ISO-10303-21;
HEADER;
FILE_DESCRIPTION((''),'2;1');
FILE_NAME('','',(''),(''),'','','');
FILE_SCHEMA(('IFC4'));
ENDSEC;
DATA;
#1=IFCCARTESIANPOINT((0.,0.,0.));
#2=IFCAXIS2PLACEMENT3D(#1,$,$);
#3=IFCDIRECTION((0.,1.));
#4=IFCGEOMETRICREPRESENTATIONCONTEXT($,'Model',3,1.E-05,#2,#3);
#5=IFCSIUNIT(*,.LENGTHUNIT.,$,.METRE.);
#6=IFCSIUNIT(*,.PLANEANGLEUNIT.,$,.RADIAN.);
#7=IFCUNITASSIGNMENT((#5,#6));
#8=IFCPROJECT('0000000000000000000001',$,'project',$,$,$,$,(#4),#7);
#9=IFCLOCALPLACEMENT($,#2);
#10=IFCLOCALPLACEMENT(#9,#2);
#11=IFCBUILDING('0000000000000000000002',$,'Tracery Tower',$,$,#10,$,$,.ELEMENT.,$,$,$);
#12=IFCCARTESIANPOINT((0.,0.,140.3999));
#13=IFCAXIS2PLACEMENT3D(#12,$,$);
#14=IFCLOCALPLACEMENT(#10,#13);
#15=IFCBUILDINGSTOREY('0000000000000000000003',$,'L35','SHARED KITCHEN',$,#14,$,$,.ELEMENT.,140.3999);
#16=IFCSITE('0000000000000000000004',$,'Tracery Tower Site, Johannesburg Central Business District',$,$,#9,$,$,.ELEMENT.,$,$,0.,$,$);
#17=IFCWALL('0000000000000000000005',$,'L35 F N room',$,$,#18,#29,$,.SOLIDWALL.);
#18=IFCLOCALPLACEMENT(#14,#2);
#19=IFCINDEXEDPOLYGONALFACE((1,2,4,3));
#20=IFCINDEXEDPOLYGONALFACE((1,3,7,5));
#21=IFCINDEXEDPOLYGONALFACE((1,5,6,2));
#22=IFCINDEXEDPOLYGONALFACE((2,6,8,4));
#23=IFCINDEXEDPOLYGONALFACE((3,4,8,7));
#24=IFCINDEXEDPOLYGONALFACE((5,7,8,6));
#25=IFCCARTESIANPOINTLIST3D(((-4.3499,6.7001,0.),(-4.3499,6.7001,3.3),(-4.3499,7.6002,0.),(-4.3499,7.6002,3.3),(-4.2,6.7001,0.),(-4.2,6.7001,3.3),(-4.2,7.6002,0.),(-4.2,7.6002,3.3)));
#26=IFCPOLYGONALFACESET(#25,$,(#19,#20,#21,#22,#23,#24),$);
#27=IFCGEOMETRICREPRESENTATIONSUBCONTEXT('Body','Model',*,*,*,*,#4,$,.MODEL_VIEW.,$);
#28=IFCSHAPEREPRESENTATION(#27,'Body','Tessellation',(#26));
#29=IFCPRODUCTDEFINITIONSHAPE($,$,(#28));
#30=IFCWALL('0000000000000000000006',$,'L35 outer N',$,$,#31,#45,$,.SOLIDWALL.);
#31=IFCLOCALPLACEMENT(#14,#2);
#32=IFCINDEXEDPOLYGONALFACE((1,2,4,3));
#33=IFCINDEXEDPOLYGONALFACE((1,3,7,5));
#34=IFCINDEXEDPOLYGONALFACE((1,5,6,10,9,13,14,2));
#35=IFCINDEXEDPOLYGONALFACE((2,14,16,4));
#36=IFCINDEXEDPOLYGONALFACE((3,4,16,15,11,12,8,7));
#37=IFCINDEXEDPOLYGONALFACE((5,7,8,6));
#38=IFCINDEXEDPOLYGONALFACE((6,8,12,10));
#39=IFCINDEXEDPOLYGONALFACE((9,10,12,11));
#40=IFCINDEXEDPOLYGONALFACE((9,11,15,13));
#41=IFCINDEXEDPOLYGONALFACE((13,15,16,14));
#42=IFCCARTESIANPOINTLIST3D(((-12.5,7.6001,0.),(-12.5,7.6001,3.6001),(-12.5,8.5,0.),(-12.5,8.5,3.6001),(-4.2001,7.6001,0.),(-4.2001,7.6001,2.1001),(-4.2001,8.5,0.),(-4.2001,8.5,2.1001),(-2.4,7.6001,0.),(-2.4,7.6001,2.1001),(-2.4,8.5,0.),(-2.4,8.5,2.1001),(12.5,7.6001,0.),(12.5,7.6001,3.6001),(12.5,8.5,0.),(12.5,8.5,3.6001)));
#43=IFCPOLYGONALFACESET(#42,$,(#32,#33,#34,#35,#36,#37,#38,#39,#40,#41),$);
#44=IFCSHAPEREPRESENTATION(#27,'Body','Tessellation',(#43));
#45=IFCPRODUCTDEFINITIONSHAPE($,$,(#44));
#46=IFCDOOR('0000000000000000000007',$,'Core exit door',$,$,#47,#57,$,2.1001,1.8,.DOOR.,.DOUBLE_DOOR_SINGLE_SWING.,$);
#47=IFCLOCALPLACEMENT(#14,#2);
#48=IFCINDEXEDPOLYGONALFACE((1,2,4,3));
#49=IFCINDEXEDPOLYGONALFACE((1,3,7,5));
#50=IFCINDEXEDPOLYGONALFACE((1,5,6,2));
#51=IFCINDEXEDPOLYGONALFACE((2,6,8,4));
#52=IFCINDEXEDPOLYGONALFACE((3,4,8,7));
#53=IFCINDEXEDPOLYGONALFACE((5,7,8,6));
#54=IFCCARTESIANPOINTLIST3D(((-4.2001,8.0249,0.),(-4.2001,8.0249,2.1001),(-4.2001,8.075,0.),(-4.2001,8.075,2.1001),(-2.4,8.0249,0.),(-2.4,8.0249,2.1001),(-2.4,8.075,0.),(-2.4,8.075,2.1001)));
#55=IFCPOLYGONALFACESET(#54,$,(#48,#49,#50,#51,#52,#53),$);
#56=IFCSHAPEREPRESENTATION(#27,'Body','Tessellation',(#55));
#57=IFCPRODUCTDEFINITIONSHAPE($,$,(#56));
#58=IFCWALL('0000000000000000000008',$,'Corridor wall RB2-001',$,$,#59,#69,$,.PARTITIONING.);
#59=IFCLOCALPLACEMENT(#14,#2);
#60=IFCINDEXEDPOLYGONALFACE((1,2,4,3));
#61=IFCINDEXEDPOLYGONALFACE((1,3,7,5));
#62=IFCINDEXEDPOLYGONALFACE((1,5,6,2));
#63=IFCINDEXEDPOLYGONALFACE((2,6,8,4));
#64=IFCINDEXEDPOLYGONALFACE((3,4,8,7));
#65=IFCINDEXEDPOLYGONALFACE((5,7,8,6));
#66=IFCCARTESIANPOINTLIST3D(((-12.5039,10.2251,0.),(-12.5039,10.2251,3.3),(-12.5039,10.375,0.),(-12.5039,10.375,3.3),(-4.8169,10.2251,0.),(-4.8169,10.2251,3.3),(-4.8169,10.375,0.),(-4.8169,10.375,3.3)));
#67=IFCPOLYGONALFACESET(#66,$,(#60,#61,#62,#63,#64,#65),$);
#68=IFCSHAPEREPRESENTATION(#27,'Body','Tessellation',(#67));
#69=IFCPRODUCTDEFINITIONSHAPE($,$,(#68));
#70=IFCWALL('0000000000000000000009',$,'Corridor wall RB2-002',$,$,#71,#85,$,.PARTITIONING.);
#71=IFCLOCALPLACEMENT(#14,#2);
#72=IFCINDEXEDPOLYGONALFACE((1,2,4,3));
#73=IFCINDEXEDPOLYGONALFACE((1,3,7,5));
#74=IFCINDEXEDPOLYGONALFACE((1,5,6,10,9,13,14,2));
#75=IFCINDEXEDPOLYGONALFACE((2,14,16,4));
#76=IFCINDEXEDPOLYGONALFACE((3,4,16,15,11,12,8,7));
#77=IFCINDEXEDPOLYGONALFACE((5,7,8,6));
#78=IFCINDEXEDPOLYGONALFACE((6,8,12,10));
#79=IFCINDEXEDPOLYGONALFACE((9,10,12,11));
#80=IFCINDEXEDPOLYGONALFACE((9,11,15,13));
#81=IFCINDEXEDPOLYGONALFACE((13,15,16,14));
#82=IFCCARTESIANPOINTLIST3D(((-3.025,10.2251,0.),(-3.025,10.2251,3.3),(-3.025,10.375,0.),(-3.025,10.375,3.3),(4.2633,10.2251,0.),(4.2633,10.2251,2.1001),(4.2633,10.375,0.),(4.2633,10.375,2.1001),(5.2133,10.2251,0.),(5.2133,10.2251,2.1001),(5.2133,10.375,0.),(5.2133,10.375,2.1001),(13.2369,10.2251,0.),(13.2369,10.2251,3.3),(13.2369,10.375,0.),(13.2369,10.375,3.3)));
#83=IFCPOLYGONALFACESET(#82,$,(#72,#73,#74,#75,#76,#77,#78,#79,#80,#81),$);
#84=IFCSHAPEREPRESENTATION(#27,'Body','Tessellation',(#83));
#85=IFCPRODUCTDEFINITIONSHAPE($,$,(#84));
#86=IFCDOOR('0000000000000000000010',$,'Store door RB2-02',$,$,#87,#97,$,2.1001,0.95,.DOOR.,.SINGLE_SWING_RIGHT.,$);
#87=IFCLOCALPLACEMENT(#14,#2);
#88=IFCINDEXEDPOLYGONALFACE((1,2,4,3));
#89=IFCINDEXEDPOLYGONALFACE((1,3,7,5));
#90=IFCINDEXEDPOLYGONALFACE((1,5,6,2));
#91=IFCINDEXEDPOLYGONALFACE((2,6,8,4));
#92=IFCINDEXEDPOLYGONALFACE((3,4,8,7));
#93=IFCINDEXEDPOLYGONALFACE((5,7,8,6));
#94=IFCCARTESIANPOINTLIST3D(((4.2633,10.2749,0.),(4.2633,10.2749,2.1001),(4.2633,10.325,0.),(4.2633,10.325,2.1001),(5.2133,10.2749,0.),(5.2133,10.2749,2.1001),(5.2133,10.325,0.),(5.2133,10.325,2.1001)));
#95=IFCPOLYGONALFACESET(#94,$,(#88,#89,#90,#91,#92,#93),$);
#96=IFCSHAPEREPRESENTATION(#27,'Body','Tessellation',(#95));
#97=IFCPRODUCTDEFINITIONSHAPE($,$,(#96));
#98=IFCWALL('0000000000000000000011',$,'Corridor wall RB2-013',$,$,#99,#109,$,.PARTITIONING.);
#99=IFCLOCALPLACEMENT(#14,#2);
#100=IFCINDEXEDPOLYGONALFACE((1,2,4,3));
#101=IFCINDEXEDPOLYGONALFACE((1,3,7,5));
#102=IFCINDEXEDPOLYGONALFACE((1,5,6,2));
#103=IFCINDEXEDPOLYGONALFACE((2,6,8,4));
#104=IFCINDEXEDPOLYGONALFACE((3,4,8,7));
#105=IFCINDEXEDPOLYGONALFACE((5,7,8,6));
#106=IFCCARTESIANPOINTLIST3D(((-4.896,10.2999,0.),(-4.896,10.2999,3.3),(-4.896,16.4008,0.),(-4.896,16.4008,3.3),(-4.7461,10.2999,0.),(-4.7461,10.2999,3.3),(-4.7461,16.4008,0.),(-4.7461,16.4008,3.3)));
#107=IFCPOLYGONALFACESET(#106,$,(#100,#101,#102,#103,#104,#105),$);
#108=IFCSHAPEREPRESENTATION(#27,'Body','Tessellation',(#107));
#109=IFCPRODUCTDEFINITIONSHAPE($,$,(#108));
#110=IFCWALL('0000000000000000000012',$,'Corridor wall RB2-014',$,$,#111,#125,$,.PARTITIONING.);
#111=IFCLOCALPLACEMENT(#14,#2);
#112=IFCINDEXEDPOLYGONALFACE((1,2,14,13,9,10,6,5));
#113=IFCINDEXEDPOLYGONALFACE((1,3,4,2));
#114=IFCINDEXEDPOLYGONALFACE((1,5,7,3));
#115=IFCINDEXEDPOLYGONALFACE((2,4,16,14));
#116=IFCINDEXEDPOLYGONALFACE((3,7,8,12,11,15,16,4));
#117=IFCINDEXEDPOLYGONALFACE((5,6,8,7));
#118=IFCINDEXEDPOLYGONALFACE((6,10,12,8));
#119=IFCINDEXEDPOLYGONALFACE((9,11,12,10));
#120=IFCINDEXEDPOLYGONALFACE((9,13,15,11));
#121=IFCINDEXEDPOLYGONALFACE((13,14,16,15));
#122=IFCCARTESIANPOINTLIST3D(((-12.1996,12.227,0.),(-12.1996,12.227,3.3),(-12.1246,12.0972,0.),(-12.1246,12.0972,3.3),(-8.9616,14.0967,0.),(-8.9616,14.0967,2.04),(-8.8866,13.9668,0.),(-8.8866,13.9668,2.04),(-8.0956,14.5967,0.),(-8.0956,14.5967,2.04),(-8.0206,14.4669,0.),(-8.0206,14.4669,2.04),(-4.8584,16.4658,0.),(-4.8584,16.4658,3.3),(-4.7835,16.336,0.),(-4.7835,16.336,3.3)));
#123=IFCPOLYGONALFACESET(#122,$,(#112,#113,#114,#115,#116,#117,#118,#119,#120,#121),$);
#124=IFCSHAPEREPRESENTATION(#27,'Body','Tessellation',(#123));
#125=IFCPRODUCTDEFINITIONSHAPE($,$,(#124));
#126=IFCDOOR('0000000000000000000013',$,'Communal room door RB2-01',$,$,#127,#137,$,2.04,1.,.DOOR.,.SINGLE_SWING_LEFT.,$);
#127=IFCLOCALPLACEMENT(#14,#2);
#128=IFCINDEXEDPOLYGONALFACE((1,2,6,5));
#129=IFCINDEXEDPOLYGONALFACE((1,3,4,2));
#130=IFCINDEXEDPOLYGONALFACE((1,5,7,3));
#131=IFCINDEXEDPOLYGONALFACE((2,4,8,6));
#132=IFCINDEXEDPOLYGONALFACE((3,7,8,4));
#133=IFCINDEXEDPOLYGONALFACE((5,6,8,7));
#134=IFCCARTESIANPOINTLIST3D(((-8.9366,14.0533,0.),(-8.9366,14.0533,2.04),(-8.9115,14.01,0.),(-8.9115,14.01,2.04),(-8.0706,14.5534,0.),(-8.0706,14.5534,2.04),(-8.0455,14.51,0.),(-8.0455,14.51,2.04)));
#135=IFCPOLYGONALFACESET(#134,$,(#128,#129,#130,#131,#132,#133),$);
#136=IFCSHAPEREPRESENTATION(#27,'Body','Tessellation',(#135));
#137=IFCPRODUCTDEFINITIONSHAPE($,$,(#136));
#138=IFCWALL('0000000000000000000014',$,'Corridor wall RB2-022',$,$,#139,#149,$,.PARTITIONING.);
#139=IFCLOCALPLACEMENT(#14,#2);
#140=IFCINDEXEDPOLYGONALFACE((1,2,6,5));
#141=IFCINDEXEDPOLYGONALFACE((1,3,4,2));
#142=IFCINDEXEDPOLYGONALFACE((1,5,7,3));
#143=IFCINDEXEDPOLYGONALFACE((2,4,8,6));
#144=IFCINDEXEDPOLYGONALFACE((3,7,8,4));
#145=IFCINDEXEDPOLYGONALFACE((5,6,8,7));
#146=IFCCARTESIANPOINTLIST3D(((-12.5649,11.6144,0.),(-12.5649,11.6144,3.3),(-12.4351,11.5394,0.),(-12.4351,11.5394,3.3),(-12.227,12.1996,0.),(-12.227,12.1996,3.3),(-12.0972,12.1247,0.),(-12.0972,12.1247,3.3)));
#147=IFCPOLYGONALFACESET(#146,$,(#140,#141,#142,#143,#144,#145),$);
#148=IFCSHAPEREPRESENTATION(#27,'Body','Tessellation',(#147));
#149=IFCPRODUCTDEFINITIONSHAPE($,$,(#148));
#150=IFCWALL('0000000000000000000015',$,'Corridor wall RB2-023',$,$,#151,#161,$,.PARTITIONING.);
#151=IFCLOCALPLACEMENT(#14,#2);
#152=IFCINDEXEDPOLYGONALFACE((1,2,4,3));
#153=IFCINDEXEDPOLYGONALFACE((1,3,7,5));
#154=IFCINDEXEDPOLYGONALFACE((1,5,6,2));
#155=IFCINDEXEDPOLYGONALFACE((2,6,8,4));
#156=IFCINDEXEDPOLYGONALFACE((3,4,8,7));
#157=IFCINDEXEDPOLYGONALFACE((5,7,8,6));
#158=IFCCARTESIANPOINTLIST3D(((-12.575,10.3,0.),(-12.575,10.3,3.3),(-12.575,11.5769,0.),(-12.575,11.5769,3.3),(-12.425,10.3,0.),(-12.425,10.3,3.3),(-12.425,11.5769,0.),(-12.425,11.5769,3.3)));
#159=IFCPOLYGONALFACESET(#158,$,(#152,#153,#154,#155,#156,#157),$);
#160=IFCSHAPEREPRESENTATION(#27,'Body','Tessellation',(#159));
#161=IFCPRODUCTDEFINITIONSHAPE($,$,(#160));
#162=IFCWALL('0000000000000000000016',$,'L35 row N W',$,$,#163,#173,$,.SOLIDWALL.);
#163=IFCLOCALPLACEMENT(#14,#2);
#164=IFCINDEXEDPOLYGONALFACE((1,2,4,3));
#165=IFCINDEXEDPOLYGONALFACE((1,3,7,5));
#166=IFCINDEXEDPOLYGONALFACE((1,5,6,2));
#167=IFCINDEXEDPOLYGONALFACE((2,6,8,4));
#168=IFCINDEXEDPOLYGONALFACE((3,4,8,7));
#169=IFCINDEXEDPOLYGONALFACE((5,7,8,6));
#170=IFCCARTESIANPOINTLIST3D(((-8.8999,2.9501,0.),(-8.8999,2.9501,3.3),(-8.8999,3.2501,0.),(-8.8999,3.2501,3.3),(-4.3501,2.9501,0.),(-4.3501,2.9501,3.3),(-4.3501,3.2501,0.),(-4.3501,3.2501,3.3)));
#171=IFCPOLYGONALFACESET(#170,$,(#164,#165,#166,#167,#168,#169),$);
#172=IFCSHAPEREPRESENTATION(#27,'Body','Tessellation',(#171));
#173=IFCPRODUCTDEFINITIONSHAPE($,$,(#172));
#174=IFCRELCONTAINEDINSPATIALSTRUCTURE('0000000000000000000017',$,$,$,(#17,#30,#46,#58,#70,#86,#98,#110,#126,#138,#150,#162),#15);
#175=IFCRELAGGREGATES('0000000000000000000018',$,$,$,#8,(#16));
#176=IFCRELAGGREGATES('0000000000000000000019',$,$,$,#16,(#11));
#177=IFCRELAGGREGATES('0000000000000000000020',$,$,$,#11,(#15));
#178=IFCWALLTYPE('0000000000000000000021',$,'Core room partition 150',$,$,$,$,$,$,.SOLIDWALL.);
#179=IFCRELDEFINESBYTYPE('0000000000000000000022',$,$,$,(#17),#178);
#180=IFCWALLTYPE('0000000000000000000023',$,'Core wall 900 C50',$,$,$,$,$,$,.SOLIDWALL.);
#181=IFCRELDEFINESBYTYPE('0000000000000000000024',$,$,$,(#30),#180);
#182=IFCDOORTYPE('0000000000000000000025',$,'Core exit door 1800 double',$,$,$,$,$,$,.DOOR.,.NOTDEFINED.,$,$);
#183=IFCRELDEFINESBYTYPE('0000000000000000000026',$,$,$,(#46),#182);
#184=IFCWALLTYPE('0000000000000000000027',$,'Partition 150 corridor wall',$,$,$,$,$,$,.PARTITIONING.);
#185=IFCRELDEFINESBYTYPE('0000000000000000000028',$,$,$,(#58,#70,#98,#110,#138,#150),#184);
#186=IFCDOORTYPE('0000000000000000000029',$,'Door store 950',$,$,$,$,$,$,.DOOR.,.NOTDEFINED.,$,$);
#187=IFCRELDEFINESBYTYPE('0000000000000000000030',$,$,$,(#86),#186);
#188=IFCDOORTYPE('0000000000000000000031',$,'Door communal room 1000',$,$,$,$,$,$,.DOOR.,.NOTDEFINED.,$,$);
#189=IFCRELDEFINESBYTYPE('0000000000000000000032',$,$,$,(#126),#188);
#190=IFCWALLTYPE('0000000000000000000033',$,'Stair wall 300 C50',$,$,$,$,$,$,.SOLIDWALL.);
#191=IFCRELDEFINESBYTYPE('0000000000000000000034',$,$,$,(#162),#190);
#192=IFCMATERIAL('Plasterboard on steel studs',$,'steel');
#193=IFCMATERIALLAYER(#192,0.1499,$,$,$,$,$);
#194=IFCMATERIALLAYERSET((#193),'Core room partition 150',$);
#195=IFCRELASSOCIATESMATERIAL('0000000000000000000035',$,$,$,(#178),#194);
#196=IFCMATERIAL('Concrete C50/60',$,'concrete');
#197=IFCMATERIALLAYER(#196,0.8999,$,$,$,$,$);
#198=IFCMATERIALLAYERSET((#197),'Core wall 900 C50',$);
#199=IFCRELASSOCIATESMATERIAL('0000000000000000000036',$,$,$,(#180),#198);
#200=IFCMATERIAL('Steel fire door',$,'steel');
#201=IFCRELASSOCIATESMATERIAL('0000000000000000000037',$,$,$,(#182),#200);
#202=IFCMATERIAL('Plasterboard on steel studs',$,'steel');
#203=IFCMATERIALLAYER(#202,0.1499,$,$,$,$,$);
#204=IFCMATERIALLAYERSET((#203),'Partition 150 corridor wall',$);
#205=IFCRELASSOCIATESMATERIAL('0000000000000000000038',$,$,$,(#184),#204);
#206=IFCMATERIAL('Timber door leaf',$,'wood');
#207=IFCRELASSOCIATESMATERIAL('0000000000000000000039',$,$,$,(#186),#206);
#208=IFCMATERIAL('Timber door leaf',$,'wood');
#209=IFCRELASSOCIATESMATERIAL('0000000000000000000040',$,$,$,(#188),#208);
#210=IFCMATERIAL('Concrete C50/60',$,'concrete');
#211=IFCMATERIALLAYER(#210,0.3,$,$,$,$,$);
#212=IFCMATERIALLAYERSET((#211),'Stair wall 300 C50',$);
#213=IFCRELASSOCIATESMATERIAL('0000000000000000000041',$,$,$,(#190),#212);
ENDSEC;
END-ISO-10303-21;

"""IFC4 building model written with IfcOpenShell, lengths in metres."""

from ifc_helpers import new_model, si_unit, direction, frame, frame_2d, origin, place, context, subcontext, project, spatial, rectangle, extrude, material, layer, layer_set, type_object, element, fill, save


model = new_model("IFC4")

# Units and contexts
model_context = context("Model", 3, precision=1e-05, world=origin(), true_north=direction((0.0, 1.0)))
body_context = subcontext(model_context, "Body", "Model", "MODEL_VIEW")
ifc_project = project(units=[si_unit("LENGTHUNIT", "METRE"), si_unit("PLANEANGLEUNIT", "RADIAN")], contexts=[model_context])

# Site, building, storey
site_placement = place(None, origin())
site = spatial("IfcSite", under=ifc_project, at=site_placement, Name="Tracery Tower Site, Johannesburg Central Business District", CompositionType="ELEMENT", RefElevation=0.0)
building_placement = place(site_placement, origin())
building = spatial("IfcBuilding", under=site, at=building_placement, Name="Tracery Tower", CompositionType="ELEMENT")
storey_placement = place(building_placement, frame((0.0, 0.0, 140.3999)))
storey = spatial("IfcBuildingStorey", under=building, at=storey_placement, Name="L35", Description="SHARED KITCHEN", CompositionType="ELEMENT", Elevation=140.3999)

# Wall
ifc_material_1 = material(Name="Plasterboard on steel studs", Category="steel")
ifc_layer_1 = layer(ifc_material_1, 0.1499)
ifc_layer_set_1 = layer_set([ifc_layer_1], Name="Core room partition 150")
wall_type_1 = type_object("IfcWallType", Name="Core room partition 150", PredefinedType="SOLIDWALL", material=ifc_layer_set_1)
wall_1_placement = place(storey_placement, frame((-4.2749, 6.7, 0.0), z_axis=(0.0, 0.0, 1.0), x_axis=(0.0, 1.0, 0.0)))
element("IfcWall", 1, at=wall_1_placement, inside=storey, type_object=wall_type_1, Name="L35 F N room", PredefinedType="SOLIDWALL", context=body_context, shape_type="SweptSolid", body=[
    extrude(rectangle(XDim=0.9001, YDim=0.1499, at=frame_2d((0.4502, 0.0))), origin(), (0.0, 0.0, 1.0), 3.3),
])

# Wall, opening, door
ifc_material_2 = material(Name="Concrete C50/60", Category="concrete")
ifc_layer_2 = layer(ifc_material_2, 0.8999)
ifc_layer_set_2 = layer_set([ifc_layer_2], Name="Core wall 900 C50")
wall_type_2 = type_object("IfcWallType", Name="Core wall 900 C50", PredefinedType="SOLIDWALL", material=ifc_layer_set_2)
wall_2_placement = place(storey_placement, frame((-12.5, 8.05, 0.0), z_axis=(0.0, 0.0, 1.0), x_axis=(1.0, 0.0, 0.0)))
wall_2 = element("IfcWall", 2, at=wall_2_placement, inside=storey, type_object=wall_type_2, Name="L35 outer N", PredefinedType="SOLIDWALL", context=body_context, shape_type="SweptSolid", body=[
    extrude(rectangle(XDim=25.0, YDim=0.8999, at=frame_2d((12.5, 0.0))), origin(), (0.0, 0.0, 1.0), 3.6001),
])
opening_1_placement = place(wall_2_placement, frame((8.3, 0.0, 0.0)))
opening_1 = element("IfcOpeningElement", 3, at=opening_1_placement, cuts=wall_2, PredefinedType="OPENING", context=body_context, shape_type="SweptSolid", body=[
    extrude(rectangle(XDim=1.8, YDim=2.1001, at=frame_2d((0.8999, 1.05))), frame((0.0, 0.45, 0.0), z_axis=(0.0, -1.0, 0.0), x_axis=(1.0, 0.0, 0.0)), (0.0, 0.0, 1.0), 0.8999),
])
ifc_material_3 = material(Name="Steel fire door", Category="steel")
door_type_1 = type_object("IfcDoorType", Name="Core exit door 1800 double", OperationType="NOTDEFINED", PredefinedType="DOOR", material=ifc_material_3)
door_1_placement = place(opening_1_placement, origin())
door_1 = element("IfcDoor", 4, at=door_1_placement, inside=storey, type_object=door_type_1, Name="Core exit door", OperationType="DOUBLE_DOOR_SINGLE_SWING", OverallHeight=2.1001, OverallWidth=1.8, PredefinedType="DOOR", context=body_context, shape_type="SweptSolid", body=[
    extrude(rectangle(XDim=1.8, YDim=2.1001, at=frame_2d((0.8999, 1.05))), frame((0.0, 0.0249, 0.0), z_axis=(0.0, -1.0, 0.0), x_axis=(1.0, 0.0, 0.0)), (0.0, 0.0, 1.0), 0.05),
])
fill(opening_1, door_1)

# Wall
ifc_material_4 = material(Name="Plasterboard on steel studs", Category="steel")
ifc_layer_3 = layer(ifc_material_4, 0.1499)
ifc_layer_set_3 = layer_set([ifc_layer_3], Name="Partition 150 corridor wall")
wall_type_3 = type_object("IfcWallType", Name="Partition 150 corridor wall", PredefinedType="PARTITIONING", material=ifc_layer_set_3)
wall_3_placement = place(storey_placement, frame((-12.5039, 10.3, 0.0), z_axis=(0.0, 0.0, 1.0), x_axis=(1.0, 0.0, 0.0)))
element("IfcWall", 5, at=wall_3_placement, inside=storey, type_object=wall_type_3, Name="Corridor wall RB2-001", PredefinedType="PARTITIONING", context=body_context, shape_type="SweptSolid", body=[
    extrude(rectangle(XDim=7.687, YDim=0.1499, at=frame_2d((3.8435, 0.0))), origin(), (0.0, 0.0, 1.0), 3.3),
])

# Wall, opening, door
wall_4_placement = place(storey_placement, frame((-3.0249, 10.3, 0.0), z_axis=(0.0, 0.0, 1.0), x_axis=(1.0, 0.0, 0.0)))
wall_4 = element("IfcWall", 6, at=wall_4_placement, inside=storey, type_object=wall_type_3, Name="Corridor wall RB2-002", PredefinedType="PARTITIONING", context=body_context, shape_type="SweptSolid", body=[
    extrude(rectangle(XDim=16.262, YDim=0.1499, at=frame_2d((8.1309, 0.0))), origin(), (0.0, 0.0, 1.0), 3.3),
])
opening_2_placement = place(wall_4_placement, frame((7.2881, 0.0, 0.0)))
opening_2 = element("IfcOpeningElement", 7, at=opening_2_placement, cuts=wall_4, PredefinedType="OPENING", context=body_context, shape_type="SweptSolid", body=[
    extrude(rectangle(XDim=0.95, YDim=2.1001, at=frame_2d((0.4751, 1.05))), frame((0.0, 0.075, 0.0), z_axis=(0.0, -1.0, 0.0), x_axis=(1.0, 0.0, 0.0)), (0.0, 0.0, 1.0), 0.1499),
])
ifc_material_5 = material(Name="Timber door leaf", Category="wood")
door_type_2 = type_object("IfcDoorType", Name="Door store 950", OperationType="NOTDEFINED", PredefinedType="DOOR", material=ifc_material_5)
door_2_placement = place(opening_2_placement, origin())
door_2 = element("IfcDoor", 8, at=door_2_placement, inside=storey, type_object=door_type_2, Name="Store door RB2-02", OperationType="SINGLE_SWING_RIGHT", OverallHeight=2.1001, OverallWidth=0.95, PredefinedType="DOOR", context=body_context, shape_type="SweptSolid", body=[
    extrude(rectangle(XDim=0.95, YDim=2.1001, at=frame_2d((0.4751, 1.05))), frame((0.0, 0.0249, 0.0), z_axis=(0.0, -1.0, 0.0), x_axis=(1.0, 0.0, 0.0)), (0.0, 0.0, 1.0), 0.05),
])
fill(opening_2, door_2)

# Wall
wall_5_placement = place(storey_placement, frame((-4.821, 10.3, 0.0), z_axis=(0.0, 0.0, 1.0), x_axis=(0.0, 1.0, 0.0)))
element("IfcWall", 9, at=wall_5_placement, inside=storey, type_object=wall_type_3, Name="Corridor wall RB2-013", PredefinedType="PARTITIONING", context=body_context, shape_type="SweptSolid", body=[
    extrude(rectangle(XDim=6.1008, YDim=0.1499, at=frame_2d((3.0503, 0.0))), origin(), (0.0, 0.0, 1.0), 3.3),
])

# Wall, opening, door
wall_6_placement = place(storey_placement, frame((-12.1621, 12.1621, 0.0), z_axis=(0.0, 0.0, 1.0), x_axis=(0.866005, 0.500036, 0.0)))
wall_6 = element("IfcWall", 10, at=wall_6_placement, inside=storey, type_object=wall_type_3, Name="Corridor wall RB2-014", PredefinedType="PARTITIONING", context=body_context, shape_type="SweptSolid", body=[
    extrude(rectangle(XDim=8.4771, YDim=0.1499, at=frame_2d((4.2385, 0.0))), origin(), (0.0, 0.0, 1.0), 3.3),
])
opening_3_placement = place(wall_6_placement, frame((3.739, 0.0, 0.0)))
opening_3 = element("IfcOpeningElement", 11, at=opening_3_placement, cuts=wall_6, PredefinedType="OPENING", context=body_context, shape_type="SweptSolid", body=[
    extrude(rectangle(XDim=1.0, YDim=2.04, at=frame_2d((0.5, 1.02))), frame((0.0, 0.075, 0.0), z_axis=(0.0, -1.0, 0.0), x_axis=(1.0, 0.0, 0.0)), (0.0, 0.0, 1.0), 0.1499),
])
ifc_material_6 = material(Name="Timber door leaf", Category="wood")
door_type_3 = type_object("IfcDoorType", Name="Door communal room 1000", OperationType="NOTDEFINED", PredefinedType="DOOR", material=ifc_material_6)
door_3_placement = place(opening_3_placement, origin())
door_3 = element("IfcDoor", 12, at=door_3_placement, inside=storey, type_object=door_type_3, Name="Communal room door RB2-01", OperationType="SINGLE_SWING_LEFT", OverallHeight=2.04, OverallWidth=1.0, PredefinedType="DOOR", context=body_context, shape_type="SweptSolid", body=[
    extrude(rectangle(XDim=1.0, YDim=2.04, at=frame_2d((0.5, 1.02))), frame((0.0, 0.0249, 0.0), z_axis=(0.0, -1.0, 0.0), x_axis=(1.0, 0.0, 0.0)), (0.0, 0.0, 1.0), 0.05),
])
fill(opening_3, door_3)

# Walls
wall_7_placement = place(storey_placement, frame((-12.5, 11.5769, 0.0), z_axis=(0.0, 0.0, 1.0), x_axis=(0.500025, 0.866011, 0.0)))
element("IfcWall", 13, at=wall_7_placement, inside=storey, type_object=wall_type_3, Name="Corridor wall RB2-022", PredefinedType="PARTITIONING", context=body_context, shape_type="SweptSolid", body=[
    extrude(rectangle(XDim=0.6758, YDim=0.1499, at=frame_2d((0.3379, 0.0))), origin(), (0.0, 0.0, 1.0), 3.3),
])
wall_8_placement = place(storey_placement, frame((-12.5, 10.3, 0.0), z_axis=(0.0, 0.0, 1.0), x_axis=(0.0, 1.0, 0.0)))
element("IfcWall", 14, at=wall_8_placement, inside=storey, type_object=wall_type_3, Name="Corridor wall RB2-023", PredefinedType="PARTITIONING", context=body_context, shape_type="SweptSolid", body=[
    extrude(rectangle(XDim=1.2769, YDim=0.1499, at=frame_2d((0.6384, 0.0))), origin(), (0.0, 0.0, 1.0), 3.3),
])

# Wall
ifc_material_7 = material(Name="Concrete C50/60", Category="concrete")
ifc_layer_4 = layer(ifc_material_7, 0.3)
ifc_layer_set_4 = layer_set([ifc_layer_4], Name="Stair wall 300 C50")
wall_type_4 = type_object("IfcWallType", Name="Stair wall 300 C50", PredefinedType="SOLIDWALL", material=ifc_layer_set_4)
wall_9_placement = place(storey_placement, frame((-8.8999, 3.1001, 0.0), z_axis=(0.0, 0.0, 1.0), x_axis=(1.0, 0.0, 0.0)))
element("IfcWall", 15, at=wall_9_placement, inside=storey, type_object=wall_type_4, Name="L35 row N W", PredefinedType="SOLIDWALL", context=body_context, shape_type="SweptSolid", body=[
    extrude(rectangle(XDim=4.5498, YDim=0.3, at=frame_2d((2.2749, 0.0))), origin(), (0.0, 0.0, 1.0), 3.3),
])

save(model, "model.ifc")
